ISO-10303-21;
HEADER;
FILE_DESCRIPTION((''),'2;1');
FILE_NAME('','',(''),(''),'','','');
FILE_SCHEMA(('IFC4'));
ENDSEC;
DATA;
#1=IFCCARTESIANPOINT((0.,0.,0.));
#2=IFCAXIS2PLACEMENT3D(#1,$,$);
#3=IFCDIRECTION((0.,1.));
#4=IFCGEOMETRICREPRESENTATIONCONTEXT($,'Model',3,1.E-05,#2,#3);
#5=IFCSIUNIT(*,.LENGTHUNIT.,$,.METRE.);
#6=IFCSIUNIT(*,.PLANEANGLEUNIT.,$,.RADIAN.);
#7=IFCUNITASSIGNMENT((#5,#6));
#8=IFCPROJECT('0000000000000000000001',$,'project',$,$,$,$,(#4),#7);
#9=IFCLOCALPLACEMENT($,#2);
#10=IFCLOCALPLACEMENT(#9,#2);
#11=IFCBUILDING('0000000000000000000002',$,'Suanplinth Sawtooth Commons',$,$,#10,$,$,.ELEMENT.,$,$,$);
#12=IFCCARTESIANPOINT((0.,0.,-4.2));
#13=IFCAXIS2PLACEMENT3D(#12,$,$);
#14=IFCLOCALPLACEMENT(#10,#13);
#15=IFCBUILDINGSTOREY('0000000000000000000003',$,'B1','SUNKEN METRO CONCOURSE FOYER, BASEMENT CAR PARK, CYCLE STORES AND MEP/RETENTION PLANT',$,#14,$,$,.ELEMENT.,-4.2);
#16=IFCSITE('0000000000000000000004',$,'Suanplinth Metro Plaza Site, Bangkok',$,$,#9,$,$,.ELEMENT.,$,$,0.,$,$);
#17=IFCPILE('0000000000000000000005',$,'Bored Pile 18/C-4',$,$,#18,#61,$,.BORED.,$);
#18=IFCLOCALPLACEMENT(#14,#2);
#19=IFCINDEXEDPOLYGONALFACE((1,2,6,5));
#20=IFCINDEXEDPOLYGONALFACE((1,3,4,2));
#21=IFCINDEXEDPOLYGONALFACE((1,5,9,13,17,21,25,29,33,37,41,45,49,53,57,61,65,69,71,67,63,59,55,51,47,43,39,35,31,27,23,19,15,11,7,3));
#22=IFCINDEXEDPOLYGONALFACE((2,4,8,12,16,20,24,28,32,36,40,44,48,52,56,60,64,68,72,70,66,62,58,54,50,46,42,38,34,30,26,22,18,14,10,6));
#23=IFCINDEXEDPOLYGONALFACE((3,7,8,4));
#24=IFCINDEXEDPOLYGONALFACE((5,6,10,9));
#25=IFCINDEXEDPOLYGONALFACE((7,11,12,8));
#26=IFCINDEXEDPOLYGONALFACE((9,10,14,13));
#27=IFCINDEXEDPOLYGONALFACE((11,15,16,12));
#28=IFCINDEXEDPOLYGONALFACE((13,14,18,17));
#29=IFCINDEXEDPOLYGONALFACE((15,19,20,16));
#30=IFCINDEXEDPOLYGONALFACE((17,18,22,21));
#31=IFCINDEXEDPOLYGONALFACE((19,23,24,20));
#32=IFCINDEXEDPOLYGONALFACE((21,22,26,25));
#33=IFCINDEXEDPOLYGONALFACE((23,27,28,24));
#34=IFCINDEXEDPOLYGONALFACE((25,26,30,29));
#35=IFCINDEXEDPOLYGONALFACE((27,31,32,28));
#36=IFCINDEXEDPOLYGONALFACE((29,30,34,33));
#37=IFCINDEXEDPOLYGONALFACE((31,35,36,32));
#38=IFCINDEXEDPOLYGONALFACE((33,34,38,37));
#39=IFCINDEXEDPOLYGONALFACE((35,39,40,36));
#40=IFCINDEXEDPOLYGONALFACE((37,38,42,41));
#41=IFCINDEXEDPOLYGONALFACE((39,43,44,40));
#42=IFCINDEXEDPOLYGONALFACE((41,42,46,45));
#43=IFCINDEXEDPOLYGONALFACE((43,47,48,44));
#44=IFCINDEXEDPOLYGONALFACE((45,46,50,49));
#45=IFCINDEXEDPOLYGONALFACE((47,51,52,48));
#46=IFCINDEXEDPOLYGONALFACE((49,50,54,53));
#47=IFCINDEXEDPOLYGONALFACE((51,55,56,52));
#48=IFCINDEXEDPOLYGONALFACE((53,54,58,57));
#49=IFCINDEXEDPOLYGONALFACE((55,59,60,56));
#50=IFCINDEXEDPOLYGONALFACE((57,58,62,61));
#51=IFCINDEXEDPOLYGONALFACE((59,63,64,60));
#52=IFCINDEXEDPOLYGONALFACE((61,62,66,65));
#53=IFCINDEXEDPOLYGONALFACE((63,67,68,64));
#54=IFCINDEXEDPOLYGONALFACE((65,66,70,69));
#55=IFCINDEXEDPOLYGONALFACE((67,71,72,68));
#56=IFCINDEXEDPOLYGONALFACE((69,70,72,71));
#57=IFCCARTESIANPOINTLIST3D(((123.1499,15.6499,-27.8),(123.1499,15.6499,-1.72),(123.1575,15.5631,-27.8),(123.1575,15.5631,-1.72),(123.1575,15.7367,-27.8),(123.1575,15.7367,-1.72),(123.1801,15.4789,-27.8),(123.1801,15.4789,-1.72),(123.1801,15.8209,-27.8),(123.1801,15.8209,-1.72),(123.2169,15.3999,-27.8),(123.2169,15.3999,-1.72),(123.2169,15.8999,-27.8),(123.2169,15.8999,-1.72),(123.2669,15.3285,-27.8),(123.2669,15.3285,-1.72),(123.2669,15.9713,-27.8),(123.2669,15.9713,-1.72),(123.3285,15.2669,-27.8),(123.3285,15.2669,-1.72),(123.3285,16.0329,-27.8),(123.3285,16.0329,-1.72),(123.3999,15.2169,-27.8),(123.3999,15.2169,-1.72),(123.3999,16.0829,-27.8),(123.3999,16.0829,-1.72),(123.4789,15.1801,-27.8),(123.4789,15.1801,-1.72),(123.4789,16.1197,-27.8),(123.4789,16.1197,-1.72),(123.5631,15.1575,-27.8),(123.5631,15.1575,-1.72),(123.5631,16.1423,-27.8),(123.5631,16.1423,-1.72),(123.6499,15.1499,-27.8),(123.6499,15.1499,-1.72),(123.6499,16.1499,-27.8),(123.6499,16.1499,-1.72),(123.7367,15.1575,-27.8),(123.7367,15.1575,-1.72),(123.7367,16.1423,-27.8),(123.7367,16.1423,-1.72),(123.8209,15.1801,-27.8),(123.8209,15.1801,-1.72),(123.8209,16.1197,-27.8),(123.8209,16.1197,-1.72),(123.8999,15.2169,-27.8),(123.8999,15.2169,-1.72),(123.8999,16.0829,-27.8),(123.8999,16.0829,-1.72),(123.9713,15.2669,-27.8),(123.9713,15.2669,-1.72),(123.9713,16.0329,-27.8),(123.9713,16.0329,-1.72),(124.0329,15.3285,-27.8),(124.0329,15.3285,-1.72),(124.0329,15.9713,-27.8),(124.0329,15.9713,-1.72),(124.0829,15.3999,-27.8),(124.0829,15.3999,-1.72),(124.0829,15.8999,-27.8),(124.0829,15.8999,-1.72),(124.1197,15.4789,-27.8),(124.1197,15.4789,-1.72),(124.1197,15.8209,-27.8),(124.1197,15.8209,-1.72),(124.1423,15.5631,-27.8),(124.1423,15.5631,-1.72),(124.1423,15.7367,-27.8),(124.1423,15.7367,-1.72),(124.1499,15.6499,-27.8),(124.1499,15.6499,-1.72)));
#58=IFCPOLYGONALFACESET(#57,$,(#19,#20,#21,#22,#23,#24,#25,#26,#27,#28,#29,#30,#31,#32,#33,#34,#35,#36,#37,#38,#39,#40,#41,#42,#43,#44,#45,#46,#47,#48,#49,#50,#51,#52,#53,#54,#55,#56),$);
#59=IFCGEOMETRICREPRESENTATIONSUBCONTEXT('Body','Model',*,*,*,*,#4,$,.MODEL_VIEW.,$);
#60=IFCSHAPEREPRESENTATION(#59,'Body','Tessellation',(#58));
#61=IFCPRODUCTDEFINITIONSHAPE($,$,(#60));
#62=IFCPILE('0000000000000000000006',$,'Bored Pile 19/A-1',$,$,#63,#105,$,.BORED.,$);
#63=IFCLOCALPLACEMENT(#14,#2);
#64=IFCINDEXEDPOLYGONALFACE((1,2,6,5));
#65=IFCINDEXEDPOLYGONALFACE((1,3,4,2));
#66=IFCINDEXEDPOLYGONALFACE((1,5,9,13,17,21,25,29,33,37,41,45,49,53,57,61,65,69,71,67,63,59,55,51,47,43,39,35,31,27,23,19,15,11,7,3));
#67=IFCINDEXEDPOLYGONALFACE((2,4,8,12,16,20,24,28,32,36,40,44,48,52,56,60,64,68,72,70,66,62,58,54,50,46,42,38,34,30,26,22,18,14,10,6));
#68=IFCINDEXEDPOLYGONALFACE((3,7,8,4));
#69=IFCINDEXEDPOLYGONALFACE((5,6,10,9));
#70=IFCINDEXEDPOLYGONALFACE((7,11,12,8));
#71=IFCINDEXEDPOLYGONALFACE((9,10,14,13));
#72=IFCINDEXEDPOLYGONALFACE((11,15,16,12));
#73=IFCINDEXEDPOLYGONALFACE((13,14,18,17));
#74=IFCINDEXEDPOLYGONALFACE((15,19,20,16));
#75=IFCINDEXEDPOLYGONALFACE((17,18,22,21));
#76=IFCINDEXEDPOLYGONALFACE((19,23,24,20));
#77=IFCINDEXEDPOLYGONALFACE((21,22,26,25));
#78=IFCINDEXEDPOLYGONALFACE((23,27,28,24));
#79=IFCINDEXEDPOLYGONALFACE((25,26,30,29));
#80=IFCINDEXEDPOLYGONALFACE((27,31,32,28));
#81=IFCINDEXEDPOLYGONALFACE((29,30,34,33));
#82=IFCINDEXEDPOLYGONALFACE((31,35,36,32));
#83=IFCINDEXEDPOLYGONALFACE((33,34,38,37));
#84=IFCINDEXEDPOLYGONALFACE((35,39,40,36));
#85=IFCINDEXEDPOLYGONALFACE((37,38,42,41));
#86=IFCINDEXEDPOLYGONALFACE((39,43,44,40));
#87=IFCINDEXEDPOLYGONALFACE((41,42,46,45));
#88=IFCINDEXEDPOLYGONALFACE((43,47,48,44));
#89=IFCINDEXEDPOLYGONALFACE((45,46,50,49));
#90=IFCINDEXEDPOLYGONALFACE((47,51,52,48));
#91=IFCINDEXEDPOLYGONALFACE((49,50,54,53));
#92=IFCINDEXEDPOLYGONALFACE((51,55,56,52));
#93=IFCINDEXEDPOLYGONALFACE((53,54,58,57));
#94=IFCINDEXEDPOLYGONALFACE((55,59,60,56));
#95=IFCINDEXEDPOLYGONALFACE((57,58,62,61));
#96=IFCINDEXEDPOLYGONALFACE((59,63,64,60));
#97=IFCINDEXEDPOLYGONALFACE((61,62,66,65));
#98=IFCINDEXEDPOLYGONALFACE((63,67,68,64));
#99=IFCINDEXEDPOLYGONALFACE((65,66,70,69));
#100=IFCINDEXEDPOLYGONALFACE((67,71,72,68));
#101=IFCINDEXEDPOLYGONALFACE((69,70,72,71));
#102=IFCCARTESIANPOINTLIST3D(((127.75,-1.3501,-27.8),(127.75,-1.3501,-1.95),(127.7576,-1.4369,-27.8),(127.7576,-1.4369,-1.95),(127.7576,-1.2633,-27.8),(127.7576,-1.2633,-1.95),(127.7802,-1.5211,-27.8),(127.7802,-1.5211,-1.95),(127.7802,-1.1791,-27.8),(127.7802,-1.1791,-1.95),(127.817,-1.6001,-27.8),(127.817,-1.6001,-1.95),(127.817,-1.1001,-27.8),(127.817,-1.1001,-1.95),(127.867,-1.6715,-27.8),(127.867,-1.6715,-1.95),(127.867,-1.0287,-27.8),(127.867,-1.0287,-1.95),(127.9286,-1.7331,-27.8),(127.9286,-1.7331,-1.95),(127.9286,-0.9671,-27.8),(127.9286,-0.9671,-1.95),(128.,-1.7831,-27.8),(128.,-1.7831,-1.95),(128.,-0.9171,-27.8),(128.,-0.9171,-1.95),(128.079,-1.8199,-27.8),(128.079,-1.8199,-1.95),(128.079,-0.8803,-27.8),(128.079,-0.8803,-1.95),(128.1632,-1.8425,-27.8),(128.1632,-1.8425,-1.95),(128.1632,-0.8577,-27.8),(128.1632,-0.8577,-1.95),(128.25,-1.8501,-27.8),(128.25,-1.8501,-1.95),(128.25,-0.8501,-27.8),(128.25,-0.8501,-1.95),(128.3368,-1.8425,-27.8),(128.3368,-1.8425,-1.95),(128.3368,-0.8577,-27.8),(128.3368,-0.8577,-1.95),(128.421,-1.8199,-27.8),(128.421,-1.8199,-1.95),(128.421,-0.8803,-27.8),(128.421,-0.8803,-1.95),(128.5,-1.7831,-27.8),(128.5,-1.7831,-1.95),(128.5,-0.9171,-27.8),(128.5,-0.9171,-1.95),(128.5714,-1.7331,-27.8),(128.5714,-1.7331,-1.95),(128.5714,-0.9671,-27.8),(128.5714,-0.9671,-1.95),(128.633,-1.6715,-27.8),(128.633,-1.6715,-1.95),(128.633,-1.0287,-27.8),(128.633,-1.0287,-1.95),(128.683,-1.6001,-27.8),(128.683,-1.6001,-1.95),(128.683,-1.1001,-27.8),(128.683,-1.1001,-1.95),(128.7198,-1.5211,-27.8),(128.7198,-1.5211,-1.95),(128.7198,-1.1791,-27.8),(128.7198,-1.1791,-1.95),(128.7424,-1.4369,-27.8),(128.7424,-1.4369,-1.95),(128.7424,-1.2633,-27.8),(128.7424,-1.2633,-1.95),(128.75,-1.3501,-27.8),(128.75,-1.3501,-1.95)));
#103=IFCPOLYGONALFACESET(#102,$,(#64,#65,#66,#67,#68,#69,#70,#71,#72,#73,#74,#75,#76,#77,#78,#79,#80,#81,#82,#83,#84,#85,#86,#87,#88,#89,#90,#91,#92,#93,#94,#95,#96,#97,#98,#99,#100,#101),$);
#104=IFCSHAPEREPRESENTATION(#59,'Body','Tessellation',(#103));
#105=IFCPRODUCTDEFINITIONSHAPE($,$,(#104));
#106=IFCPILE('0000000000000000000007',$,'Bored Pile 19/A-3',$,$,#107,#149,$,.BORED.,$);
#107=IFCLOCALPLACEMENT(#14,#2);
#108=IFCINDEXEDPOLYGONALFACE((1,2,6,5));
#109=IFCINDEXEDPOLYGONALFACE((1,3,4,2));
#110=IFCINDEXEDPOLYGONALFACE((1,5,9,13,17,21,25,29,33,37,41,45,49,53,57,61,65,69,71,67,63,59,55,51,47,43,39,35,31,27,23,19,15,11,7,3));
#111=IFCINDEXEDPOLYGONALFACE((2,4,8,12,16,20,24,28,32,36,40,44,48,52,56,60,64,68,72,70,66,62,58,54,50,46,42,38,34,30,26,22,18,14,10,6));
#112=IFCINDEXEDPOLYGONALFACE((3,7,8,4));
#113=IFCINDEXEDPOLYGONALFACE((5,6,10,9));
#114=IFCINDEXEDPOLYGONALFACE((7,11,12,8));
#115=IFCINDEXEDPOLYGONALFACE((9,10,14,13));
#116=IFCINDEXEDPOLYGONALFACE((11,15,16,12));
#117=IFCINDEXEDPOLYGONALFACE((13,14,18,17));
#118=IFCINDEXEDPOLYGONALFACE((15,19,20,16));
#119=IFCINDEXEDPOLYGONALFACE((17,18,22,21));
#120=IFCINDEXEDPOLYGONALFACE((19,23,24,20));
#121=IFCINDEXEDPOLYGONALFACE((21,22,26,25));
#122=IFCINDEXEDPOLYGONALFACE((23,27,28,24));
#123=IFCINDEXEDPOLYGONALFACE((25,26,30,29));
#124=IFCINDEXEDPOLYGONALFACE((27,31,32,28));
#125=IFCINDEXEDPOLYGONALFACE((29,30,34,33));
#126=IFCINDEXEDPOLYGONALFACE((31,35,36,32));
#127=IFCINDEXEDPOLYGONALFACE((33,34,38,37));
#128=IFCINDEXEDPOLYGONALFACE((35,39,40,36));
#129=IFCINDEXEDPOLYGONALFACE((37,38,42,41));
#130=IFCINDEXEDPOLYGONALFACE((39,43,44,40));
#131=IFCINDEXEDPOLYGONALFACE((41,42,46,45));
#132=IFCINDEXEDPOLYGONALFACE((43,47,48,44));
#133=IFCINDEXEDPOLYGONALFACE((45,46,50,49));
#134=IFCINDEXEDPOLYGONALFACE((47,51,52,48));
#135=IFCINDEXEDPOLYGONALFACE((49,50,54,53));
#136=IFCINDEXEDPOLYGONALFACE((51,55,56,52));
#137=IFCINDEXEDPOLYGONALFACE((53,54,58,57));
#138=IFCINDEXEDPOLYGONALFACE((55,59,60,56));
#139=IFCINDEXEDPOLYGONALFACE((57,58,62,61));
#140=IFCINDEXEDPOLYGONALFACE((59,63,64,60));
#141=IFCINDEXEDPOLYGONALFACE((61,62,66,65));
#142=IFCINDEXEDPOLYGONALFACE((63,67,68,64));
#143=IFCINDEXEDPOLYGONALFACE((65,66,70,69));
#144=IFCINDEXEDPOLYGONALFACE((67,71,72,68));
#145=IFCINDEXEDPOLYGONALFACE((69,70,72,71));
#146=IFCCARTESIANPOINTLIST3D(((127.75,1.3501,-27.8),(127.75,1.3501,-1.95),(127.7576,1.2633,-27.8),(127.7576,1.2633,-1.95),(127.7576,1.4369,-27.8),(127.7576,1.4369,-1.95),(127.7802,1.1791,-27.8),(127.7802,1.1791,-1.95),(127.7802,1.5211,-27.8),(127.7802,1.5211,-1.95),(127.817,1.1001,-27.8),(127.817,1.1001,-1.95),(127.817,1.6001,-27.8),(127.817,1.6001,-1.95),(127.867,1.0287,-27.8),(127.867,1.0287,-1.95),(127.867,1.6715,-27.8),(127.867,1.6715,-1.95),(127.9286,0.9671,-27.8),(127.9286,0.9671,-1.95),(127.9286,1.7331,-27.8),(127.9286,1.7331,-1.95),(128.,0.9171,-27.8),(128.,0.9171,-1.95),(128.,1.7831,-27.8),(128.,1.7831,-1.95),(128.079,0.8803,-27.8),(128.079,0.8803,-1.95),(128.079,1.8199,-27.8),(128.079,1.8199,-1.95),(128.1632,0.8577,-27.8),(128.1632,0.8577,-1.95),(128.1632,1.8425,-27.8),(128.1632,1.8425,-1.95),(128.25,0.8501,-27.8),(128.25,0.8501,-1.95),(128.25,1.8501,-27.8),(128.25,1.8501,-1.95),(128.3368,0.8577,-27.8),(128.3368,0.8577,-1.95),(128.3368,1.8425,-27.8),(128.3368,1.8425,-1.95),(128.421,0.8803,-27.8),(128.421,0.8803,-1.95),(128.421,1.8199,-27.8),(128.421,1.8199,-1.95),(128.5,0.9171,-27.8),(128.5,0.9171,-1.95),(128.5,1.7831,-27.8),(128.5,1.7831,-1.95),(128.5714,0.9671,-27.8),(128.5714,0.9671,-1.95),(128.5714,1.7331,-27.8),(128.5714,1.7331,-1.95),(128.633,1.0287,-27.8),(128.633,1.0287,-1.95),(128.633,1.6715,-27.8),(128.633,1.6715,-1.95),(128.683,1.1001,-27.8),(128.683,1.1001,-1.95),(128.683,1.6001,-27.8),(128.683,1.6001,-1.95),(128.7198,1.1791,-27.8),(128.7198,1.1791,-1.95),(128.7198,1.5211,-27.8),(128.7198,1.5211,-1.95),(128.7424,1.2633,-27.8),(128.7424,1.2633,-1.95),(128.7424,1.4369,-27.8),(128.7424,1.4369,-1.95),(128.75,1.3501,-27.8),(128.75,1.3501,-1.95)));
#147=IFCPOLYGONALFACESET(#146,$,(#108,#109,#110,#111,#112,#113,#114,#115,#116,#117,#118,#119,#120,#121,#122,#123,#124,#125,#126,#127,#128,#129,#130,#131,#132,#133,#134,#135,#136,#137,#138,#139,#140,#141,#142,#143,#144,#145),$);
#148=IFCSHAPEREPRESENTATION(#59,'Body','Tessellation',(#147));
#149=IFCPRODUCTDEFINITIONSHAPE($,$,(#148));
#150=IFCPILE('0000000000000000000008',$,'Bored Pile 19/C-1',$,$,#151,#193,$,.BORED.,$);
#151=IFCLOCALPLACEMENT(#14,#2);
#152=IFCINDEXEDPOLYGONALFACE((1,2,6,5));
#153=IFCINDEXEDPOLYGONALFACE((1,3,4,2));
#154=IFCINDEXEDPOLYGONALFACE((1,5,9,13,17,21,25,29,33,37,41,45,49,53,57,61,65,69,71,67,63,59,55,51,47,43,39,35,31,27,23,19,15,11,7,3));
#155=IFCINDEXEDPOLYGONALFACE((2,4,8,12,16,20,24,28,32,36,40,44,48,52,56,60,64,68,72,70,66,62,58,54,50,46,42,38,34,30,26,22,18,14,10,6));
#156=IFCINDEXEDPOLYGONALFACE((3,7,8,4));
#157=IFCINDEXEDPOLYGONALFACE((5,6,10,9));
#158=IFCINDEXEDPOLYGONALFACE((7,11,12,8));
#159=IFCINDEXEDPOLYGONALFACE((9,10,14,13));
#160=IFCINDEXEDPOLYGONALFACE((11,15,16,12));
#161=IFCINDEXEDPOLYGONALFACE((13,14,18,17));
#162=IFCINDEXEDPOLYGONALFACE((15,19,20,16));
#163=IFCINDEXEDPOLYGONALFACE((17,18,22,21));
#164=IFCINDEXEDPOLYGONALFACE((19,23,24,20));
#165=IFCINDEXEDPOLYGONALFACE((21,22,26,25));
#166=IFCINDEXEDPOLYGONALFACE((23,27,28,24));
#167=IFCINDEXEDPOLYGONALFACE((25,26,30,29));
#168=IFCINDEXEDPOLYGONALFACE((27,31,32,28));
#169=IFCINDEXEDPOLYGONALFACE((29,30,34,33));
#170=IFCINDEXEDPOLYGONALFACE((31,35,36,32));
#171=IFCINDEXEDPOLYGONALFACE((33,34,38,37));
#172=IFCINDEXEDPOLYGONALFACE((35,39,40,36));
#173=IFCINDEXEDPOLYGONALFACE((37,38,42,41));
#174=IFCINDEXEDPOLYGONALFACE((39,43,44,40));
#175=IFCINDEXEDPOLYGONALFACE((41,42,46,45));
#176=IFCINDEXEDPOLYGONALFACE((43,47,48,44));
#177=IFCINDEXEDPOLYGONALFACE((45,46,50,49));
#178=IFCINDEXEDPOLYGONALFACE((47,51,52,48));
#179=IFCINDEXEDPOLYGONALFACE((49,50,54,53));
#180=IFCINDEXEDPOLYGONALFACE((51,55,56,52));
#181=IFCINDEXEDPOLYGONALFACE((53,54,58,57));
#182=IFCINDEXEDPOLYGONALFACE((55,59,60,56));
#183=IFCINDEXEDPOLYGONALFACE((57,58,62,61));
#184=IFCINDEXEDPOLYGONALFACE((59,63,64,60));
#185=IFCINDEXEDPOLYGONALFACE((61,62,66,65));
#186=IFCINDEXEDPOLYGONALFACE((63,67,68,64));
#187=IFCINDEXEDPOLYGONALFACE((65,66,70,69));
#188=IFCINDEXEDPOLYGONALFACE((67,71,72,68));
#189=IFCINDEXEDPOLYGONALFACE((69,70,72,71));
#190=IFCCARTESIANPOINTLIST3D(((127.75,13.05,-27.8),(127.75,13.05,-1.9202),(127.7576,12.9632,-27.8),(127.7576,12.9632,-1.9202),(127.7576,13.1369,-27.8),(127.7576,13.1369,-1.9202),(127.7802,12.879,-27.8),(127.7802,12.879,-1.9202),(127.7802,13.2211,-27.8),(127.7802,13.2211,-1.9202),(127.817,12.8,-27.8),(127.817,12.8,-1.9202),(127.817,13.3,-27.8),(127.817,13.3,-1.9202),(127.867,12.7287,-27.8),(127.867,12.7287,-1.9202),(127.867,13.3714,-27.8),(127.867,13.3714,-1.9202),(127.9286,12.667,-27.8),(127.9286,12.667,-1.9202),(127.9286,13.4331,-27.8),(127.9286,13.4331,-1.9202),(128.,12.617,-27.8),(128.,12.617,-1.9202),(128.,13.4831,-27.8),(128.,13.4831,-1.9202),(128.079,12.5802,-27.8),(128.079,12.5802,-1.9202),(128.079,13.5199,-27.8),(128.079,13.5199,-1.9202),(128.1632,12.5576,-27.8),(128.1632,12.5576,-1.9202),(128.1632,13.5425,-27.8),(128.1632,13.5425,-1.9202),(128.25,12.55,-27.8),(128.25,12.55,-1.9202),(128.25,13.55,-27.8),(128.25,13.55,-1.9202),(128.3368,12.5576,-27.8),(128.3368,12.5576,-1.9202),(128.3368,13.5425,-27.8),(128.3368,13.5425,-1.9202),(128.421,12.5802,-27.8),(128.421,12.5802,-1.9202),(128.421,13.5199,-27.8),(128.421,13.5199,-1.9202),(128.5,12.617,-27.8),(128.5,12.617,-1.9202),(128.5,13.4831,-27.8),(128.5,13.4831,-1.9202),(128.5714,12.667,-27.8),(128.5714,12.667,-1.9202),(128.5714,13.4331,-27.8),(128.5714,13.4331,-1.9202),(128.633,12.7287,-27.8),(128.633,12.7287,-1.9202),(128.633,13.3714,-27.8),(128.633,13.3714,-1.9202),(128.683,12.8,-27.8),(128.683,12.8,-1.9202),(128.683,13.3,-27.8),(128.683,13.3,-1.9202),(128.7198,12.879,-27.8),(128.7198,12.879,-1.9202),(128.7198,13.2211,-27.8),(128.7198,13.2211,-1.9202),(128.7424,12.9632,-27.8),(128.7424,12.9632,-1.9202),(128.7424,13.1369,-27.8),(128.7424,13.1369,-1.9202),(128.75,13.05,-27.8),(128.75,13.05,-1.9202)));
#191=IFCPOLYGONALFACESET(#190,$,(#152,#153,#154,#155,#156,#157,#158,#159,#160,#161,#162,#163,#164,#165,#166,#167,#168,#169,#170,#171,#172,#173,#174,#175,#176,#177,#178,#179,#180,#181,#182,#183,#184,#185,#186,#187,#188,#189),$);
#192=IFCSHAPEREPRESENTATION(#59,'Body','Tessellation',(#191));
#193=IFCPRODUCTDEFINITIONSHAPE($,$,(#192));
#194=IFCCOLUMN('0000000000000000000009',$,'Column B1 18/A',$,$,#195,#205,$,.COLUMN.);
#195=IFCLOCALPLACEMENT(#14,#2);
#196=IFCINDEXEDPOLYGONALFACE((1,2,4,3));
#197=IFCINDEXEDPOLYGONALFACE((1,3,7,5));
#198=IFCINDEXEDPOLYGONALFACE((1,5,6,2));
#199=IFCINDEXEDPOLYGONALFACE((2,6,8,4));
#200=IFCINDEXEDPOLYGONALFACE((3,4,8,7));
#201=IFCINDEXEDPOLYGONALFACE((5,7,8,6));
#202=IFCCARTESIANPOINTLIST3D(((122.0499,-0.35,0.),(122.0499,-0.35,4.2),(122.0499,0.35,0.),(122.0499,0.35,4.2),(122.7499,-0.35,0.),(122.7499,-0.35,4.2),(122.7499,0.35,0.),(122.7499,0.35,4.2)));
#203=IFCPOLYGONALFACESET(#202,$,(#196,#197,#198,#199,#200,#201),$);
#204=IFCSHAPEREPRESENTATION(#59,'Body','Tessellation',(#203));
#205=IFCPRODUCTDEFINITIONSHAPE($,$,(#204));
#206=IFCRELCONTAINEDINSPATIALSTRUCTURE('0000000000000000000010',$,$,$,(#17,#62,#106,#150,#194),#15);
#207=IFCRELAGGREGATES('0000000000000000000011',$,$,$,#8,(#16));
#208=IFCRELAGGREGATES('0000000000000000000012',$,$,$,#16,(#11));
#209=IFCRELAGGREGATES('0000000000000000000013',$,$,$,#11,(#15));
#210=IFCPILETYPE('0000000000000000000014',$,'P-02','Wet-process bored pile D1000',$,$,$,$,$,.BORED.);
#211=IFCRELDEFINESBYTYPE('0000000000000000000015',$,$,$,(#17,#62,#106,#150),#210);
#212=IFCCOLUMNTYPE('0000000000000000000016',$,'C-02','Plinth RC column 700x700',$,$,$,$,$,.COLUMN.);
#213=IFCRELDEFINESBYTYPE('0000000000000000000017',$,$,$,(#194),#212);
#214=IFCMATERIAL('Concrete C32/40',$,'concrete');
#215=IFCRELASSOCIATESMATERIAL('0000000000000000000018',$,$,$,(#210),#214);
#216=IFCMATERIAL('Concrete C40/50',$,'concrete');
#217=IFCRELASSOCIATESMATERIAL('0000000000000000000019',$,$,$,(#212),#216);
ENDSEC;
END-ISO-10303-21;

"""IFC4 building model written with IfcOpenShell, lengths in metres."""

from ifc_helpers import new_model, si_unit, direction, frame, origin, origin_2d, place, context, subcontext, project, spatial, rectangle, circle, extrude, material, material_profile, profile_set, type_object, element, save


model = new_model("IFC4")

# Units and contexts
model_context = context("Model", 3, precision=1e-05, world=origin(), true_north=direction((0.0, 1.0)))
body_context = subcontext(model_context, "Body", "Model", "MODEL_VIEW")
ifc_project = project(units=[si_unit("LENGTHUNIT", "METRE"), si_unit("PLANEANGLEUNIT", "RADIAN")], contexts=[model_context])

# Site, building, storey
site_placement = place(None, origin())
site = spatial("IfcSite", under=ifc_project, at=site_placement, Name="Suanplinth Metro Plaza Site, Bangkok", CompositionType="ELEMENT", RefElevation=0.0)
building_placement = place(site_placement, origin())
building = spatial("IfcBuilding", under=site, at=building_placement, Name="Suanplinth Sawtooth Commons", CompositionType="ELEMENT")
storey_placement = place(building_placement, frame((0.0, 0.0, -4.2)))
storey = spatial("IfcBuildingStorey", under=building, at=storey_placement, Name="B1", Description="SUNKEN METRO CONCOURSE FOYER, BASEMENT CAR PARK, CYCLE STORES AND MEP/RETENTION PLANT", CompositionType="ELEMENT", Elevation=-4.2)

# Piles
ifc_material_1 = material(Name="Concrete C32/40", Category="concrete")
ifc_material_profile_1 = material_profile(ifc_material_1, circle(Radius=0.5, at=origin_2d()), Name="PILE D1000")
ifc_profile_set_1 = profile_set([ifc_material_profile_1], Name="Concrete C32/40")
pile_type = type_object("IfcPileType", Name="P-02", Description="Wet-process bored pile D1000", PredefinedType="BORED", material=ifc_profile_set_1)
for number, where, z_axis, x_axis, name in (
    (1, (123.6499, 15.6499, -1.72), (0.0, 0.0, -1.0), (1.0, 0.0, 0.0), "Bored Pile 18/C-4"),
):
    element("IfcPile", number, at=place(storey_placement, frame(where, z_axis=z_axis, x_axis=x_axis)), inside=storey, type_object=pile_type, Name=name, PredefinedType="BORED", context=body_context, shape_type="SweptSolid", body=[
        extrude(circle(Radius=0.5, at=origin_2d()), origin(), (0.0, 0.0, 1.0), 26.0801),
    ])
for number, where, z_axis, x_axis, name in (
    (2, (128.25, -1.3501, -1.95), (0.0, 0.0, -1.0), (1.0, 0.0, 0.0), "Bored Pile 19/A-1"),
    (3, (128.25, 1.3501, -1.95), (0.0, 0.0, -1.0), (1.0, 0.0, 0.0), "Bored Pile 19/A-3"),
):
    element("IfcPile", number, at=place(storey_placement, frame(where, z_axis=z_axis, x_axis=x_axis)), inside=storey, type_object=pile_type, Name=name, PredefinedType="BORED", context=body_context, shape_type="SweptSolid", body=[
        extrude(circle(Radius=0.5, at=origin_2d()), origin(), (0.0, 0.0, 1.0), 25.8501),
    ])
pile_placement = place(storey_placement, frame((128.25, 13.05, -1.9202), z_axis=(0.0, 0.0, -1.0), x_axis=(1.0, 0.0, 0.0)))
element("IfcPile", 4, at=pile_placement, inside=storey, type_object=pile_type, Name="Bored Pile 19/C-1", PredefinedType="BORED", context=body_context, shape_type="SweptSolid", body=[
    extrude(circle(Radius=0.5, at=origin_2d()), origin(), (0.0, 0.0, 1.0), 25.8799),
])

# Column
ifc_material_2 = material(Name="Concrete C40/50", Category="concrete")
ifc_material_profile_2 = material_profile(ifc_material_2, rectangle(XDim=0.7, YDim=0.7, at=origin_2d()), Name="RC-COL 700x700")
ifc_profile_set_2 = profile_set([ifc_material_profile_2], Name="Concrete C40/50")
column_type = type_object("IfcColumnType", Name="C-02", Description="Plinth RC column 700x700", PredefinedType="COLUMN", material=ifc_profile_set_2)
for number, where, z_axis, x_axis, name in (
    (5, (122.3999, 0.0, 0.0), (0.0, 0.0, 1.0), (1.0, 0.0, 0.0), "Column B1 18/A"),
):
    element("IfcColumn", number, at=place(storey_placement, frame(where, z_axis=z_axis, x_axis=x_axis)), inside=storey, type_object=column_type, Name=name, PredefinedType="COLUMN", context=body_context, shape_type="SweptSolid", body=[
        extrude(rectangle(XDim=0.7, YDim=0.7, at=origin_2d()), origin(), (0.0, 0.0, 1.0), 4.2),
    ])

save(model, "model.ifc")
